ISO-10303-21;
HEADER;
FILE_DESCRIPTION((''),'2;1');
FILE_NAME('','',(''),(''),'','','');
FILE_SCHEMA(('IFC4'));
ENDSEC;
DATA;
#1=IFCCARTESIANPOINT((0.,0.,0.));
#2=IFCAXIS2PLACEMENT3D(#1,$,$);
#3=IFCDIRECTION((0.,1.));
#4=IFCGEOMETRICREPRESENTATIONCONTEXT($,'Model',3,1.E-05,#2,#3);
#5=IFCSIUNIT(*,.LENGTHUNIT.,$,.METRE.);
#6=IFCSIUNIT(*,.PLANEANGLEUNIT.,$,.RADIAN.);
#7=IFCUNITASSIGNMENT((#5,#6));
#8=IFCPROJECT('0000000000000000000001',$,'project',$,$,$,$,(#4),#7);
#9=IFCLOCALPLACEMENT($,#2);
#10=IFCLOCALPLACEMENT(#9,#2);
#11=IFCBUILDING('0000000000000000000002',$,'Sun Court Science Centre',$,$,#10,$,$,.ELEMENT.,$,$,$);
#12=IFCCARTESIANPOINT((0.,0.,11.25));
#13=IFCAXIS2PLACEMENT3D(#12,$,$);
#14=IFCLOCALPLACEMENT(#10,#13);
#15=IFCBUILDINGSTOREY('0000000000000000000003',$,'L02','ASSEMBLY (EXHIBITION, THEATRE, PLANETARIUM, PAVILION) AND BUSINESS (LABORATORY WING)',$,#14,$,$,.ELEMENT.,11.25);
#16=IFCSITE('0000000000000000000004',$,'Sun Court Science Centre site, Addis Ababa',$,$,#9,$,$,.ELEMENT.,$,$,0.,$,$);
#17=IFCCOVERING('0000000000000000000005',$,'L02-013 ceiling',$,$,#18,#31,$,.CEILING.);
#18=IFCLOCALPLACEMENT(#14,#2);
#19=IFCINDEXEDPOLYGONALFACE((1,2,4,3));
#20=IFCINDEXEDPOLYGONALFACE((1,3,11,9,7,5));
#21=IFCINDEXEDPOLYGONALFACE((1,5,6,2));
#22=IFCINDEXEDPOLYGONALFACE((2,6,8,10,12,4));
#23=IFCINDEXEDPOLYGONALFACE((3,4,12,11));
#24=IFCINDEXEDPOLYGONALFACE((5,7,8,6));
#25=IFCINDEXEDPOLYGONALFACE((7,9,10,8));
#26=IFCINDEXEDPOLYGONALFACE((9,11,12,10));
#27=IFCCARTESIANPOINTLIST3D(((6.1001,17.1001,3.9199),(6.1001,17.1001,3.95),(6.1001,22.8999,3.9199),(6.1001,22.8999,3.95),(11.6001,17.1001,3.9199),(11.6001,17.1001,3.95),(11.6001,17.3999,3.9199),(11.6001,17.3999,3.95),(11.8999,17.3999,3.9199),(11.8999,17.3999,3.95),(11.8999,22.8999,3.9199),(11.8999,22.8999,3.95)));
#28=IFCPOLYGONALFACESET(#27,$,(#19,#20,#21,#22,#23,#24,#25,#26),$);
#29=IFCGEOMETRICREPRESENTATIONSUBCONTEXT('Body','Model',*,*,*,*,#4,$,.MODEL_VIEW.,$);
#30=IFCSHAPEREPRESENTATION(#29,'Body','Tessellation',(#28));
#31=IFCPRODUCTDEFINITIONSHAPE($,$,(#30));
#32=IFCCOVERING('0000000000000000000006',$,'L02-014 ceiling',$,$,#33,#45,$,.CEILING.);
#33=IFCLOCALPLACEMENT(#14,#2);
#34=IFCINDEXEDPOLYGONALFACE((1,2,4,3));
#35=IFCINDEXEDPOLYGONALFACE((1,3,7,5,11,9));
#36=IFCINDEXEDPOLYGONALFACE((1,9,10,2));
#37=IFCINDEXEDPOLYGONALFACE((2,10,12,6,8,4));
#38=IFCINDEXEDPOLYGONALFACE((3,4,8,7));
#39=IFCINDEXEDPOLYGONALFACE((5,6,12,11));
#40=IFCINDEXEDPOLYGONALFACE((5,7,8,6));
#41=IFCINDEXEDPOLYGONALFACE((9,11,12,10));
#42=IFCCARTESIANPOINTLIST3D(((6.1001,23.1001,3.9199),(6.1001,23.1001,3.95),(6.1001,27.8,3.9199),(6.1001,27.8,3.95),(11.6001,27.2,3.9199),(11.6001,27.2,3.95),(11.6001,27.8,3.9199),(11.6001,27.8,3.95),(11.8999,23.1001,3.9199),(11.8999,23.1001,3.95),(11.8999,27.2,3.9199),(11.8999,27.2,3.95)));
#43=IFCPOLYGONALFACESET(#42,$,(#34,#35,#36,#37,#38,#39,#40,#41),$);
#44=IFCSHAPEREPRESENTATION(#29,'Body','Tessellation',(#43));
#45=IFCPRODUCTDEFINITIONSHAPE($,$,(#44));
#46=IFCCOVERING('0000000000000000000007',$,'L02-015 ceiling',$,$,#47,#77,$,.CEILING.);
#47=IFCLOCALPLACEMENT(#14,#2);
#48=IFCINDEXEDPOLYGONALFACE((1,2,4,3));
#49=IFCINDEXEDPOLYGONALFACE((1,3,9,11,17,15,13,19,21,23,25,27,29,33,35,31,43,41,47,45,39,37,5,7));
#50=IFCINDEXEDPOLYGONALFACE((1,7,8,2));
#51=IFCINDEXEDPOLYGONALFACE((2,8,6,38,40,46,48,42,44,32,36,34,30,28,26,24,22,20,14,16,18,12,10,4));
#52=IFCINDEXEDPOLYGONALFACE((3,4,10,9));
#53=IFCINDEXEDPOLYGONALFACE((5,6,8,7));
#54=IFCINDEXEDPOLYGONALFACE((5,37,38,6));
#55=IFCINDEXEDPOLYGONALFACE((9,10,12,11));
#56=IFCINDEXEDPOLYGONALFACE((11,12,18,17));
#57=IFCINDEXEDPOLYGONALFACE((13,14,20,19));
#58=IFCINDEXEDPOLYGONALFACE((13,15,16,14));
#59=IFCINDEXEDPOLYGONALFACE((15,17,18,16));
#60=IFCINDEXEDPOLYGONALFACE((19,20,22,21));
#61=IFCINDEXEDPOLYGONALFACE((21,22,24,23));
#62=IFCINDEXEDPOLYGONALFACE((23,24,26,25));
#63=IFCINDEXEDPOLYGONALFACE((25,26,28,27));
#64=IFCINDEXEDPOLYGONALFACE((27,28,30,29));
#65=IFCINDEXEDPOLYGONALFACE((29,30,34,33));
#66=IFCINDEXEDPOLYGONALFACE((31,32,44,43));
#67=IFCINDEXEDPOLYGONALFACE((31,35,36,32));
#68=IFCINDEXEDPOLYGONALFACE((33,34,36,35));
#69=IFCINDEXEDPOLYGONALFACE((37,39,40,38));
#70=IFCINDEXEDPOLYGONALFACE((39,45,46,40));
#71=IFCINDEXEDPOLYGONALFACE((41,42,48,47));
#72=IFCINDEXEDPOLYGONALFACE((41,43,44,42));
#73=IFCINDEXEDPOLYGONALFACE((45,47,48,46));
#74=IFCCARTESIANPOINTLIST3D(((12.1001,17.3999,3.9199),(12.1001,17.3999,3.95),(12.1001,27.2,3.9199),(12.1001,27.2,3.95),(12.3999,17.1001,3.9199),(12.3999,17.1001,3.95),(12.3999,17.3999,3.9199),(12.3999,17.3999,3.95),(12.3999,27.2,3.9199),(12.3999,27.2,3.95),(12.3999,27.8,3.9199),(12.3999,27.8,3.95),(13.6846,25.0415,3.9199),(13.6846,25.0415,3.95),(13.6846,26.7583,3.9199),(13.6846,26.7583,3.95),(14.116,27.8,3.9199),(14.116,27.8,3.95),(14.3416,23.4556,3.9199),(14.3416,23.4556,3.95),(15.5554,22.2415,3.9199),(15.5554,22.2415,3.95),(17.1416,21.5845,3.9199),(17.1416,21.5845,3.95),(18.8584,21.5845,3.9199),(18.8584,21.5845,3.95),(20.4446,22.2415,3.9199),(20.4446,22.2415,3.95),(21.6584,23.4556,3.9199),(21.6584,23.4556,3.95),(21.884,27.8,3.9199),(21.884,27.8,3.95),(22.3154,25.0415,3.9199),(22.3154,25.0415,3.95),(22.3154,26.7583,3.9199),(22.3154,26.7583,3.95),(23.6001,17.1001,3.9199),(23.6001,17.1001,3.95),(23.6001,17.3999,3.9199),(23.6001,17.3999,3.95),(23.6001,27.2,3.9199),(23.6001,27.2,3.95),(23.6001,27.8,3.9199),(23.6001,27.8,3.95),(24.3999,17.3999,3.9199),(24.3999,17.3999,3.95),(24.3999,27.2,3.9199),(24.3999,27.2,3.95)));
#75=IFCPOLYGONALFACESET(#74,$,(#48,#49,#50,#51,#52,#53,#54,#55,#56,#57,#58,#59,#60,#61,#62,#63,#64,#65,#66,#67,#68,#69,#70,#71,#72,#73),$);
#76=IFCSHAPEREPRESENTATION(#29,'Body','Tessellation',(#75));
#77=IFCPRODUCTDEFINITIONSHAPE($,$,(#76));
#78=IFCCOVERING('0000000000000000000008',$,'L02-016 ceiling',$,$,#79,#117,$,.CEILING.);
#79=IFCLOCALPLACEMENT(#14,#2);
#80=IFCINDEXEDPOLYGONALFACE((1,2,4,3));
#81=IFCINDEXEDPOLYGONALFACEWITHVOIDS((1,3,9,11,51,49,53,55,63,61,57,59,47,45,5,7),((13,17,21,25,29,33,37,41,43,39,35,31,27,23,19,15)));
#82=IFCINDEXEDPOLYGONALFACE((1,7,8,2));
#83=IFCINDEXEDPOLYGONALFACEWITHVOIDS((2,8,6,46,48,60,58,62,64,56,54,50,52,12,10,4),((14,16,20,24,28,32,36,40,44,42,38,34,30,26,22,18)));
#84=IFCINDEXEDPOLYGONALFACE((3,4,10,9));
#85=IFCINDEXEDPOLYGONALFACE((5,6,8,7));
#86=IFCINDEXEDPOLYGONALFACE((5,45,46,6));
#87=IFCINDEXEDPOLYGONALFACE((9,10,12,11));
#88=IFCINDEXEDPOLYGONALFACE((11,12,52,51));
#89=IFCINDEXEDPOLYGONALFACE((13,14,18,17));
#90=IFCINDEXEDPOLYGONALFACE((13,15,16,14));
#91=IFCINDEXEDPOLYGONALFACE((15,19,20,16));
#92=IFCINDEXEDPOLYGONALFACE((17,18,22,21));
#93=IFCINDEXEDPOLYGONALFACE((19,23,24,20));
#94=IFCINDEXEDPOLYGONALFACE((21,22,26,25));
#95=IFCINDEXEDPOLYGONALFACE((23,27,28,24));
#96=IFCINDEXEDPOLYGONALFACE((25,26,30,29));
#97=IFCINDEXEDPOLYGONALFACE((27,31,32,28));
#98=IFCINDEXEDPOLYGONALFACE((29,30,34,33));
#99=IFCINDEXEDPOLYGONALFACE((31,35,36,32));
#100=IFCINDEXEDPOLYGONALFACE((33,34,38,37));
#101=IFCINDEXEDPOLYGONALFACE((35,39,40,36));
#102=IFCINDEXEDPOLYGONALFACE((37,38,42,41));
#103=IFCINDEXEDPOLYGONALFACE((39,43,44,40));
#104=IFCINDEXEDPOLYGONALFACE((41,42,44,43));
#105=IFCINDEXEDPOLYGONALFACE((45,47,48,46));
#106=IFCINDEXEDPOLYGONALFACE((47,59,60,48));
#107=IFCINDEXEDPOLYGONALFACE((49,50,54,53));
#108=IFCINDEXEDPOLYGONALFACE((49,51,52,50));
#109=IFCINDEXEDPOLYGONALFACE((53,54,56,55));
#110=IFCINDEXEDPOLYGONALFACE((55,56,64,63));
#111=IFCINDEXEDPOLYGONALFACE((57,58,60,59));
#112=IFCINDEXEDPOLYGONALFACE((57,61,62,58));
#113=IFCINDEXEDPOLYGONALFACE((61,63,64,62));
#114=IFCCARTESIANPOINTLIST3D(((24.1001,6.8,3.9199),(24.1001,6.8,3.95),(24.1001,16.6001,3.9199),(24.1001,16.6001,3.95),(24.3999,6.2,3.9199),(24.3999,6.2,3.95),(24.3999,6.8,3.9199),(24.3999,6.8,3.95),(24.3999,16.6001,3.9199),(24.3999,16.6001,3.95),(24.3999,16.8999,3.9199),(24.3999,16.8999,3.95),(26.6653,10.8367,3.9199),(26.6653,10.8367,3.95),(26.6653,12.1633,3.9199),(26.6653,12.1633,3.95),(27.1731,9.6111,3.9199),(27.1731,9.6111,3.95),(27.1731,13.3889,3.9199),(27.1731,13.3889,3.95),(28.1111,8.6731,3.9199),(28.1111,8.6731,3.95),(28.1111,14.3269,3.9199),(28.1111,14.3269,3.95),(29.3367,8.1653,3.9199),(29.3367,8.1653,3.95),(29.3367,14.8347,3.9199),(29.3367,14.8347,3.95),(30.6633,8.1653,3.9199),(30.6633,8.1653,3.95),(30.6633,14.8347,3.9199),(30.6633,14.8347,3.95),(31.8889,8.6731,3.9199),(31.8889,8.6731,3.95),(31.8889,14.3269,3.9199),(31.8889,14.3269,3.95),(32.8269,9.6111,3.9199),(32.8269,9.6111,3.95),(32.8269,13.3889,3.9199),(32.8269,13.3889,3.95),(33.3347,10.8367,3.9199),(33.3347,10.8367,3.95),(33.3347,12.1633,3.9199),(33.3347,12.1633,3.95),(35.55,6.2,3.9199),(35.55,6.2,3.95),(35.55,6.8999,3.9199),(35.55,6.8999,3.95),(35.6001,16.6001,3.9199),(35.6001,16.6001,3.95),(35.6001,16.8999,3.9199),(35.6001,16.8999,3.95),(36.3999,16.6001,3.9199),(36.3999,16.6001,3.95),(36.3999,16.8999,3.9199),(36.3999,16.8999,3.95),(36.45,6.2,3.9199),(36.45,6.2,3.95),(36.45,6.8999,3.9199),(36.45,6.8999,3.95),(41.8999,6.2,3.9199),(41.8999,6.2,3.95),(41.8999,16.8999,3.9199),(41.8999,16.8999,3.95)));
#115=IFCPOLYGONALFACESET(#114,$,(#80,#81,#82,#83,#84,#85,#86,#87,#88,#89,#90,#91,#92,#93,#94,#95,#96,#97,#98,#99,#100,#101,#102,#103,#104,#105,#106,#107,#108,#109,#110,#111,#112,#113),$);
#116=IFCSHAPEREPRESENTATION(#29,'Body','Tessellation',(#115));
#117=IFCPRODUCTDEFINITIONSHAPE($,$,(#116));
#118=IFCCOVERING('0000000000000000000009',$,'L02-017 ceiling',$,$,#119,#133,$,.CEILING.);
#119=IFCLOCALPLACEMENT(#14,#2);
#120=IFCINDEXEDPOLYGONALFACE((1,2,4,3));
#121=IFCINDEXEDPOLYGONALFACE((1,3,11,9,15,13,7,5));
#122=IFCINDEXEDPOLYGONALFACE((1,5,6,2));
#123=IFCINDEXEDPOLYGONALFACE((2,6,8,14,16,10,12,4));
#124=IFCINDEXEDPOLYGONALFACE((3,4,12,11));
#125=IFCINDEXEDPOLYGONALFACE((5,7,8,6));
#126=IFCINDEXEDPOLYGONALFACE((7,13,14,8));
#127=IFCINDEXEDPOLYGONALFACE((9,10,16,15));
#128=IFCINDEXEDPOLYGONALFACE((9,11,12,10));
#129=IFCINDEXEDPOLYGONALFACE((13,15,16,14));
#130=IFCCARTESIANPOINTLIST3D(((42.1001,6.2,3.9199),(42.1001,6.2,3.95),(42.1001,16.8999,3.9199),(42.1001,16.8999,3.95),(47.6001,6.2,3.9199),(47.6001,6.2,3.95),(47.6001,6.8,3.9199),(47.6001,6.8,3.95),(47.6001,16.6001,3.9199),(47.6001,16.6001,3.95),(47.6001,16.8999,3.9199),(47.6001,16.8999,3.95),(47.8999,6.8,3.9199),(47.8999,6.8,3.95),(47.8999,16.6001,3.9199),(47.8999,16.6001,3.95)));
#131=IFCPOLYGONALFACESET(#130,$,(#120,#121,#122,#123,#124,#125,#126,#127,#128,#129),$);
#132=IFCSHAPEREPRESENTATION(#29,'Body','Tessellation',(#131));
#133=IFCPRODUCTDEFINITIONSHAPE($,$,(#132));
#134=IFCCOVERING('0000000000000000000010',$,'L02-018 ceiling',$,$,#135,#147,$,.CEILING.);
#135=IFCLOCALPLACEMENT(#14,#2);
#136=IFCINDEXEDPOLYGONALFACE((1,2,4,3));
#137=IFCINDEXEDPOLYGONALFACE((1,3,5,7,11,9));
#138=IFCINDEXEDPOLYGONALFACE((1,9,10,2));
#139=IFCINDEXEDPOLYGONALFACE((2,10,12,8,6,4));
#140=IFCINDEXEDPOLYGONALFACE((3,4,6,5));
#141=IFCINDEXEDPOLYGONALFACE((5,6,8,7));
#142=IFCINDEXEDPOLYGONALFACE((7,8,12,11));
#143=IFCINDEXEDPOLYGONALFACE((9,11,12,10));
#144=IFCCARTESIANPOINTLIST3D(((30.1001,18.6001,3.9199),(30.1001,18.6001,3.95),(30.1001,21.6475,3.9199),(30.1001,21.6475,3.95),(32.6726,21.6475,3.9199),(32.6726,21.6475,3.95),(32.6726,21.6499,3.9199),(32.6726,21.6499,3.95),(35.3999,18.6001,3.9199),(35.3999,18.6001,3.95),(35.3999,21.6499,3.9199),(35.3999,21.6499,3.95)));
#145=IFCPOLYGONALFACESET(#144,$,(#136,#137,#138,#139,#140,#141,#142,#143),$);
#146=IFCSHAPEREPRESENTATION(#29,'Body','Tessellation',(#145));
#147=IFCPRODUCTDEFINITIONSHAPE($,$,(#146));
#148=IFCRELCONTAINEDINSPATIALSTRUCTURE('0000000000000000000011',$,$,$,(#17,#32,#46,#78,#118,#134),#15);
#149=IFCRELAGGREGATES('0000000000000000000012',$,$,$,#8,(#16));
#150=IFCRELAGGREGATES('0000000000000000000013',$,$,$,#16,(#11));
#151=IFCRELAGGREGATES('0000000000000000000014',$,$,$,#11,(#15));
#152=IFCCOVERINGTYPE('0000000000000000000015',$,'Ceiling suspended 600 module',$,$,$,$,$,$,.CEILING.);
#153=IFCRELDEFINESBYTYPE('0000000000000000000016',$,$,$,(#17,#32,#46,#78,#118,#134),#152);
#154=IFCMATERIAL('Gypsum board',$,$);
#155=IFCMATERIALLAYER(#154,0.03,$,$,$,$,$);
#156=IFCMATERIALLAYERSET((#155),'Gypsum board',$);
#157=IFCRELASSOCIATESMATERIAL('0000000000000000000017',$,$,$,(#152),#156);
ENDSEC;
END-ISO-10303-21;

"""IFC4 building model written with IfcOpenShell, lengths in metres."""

from ifc_helpers import new_model, si_unit, direction, frame, origin, place, context, subcontext, project, spatial, polyline, outline, extrude, material, layer, layer_set, type_object, element, save


model = new_model("IFC4")

# Units and contexts
model_context = context("Model", 3, precision=1e-05, world=origin(), true_north=direction((0.0, 1.0)))
body_context = subcontext(model_context, "Body", "Model", "MODEL_VIEW")
ifc_project = project(units=[si_unit("LENGTHUNIT", "METRE"), si_unit("PLANEANGLEUNIT", "RADIAN")], contexts=[model_context])

# Site, building, storey
site_placement = place(None, origin())
site = spatial("IfcSite", under=ifc_project, at=site_placement, Name="Sun Court Science Centre site, Addis Ababa", CompositionType="ELEMENT", RefElevation=0.0)
building_placement = place(site_placement, origin())
building = spatial("IfcBuilding", under=site, at=building_placement, Name="Sun Court Science Centre", CompositionType="ELEMENT")
storey_placement = place(building_placement, frame((0.0, 0.0, 11.25)))
storey = spatial("IfcBuildingStorey", under=building, at=storey_placement, Name="L02", Description="ASSEMBLY (EXHIBITION, THEATRE, PLANETARIUM, PAVILION) AND BUSINESS (LABORATORY WING)", CompositionType="ELEMENT", Elevation=11.25)

# Coverings
ifc_material = material(Name="Gypsum board")
ifc_layer = layer(ifc_material, 0.03)
ifc_layer_set = layer_set([ifc_layer], Name="Gypsum board")
covering_type = type_object("IfcCoveringType", Name="Ceiling suspended 600 module", PredefinedType="CEILING", material=ifc_layer_set)
covering_1_placement = place(storey_placement, frame((0.0, 0.0, 3.9199)))
element("IfcCovering", 1, at=covering_1_placement, inside=storey, type_object=covering_type, Name="L02-013 ceiling", PredefinedType="CEILING", context=body_context, shape_type="SweptSolid", body=[
    extrude(outline(polyline([(6.1001, 17.1001), (6.1001, 22.8999), (11.8999, 22.8999), (11.8999, 17.3999), (11.6001, 17.3999), (11.6001, 17.1001), (6.1001, 17.1001)])), origin(), (0.0, 0.0, 1.0), 0.03),
])
covering_2_placement = place(storey_placement, frame((0.0, 0.0, 3.9199)))
element("IfcCovering", 2, at=covering_2_placement, inside=storey, type_object=covering_type, Name="L02-014 ceiling", PredefinedType="CEILING", context=body_context, shape_type="SweptSolid", body=[
    extrude(outline(polyline([(11.8999, 27.2), (11.8999, 23.1001), (6.1001, 23.1001), (6.1001, 27.8), (11.6001, 27.8), (11.6001, 27.2), (11.8999, 27.2)])), origin(), (0.0, 0.0, 1.0), 0.03),
])
covering_3_placement = place(storey_placement, frame((0.0, 0.0, 3.9199)))
element("IfcCovering", 3, at=covering_3_placement, inside=storey, type_object=covering_type, Name="L02-015 ceiling", PredefinedType="CEILING", context=body_context, shape_type="SweptSolid", body=[
    extrude(outline(polyline([(14.116, 27.8), (13.6846, 26.7583), (13.6846, 25.0415), (14.3416, 23.4556), (15.5554, 22.2415), (17.1416, 21.5845), (18.8584, 21.5845), (20.4446, 22.2415), (21.6584, 23.4556), (22.3154, 25.0415), (22.3154, 26.7583), (21.884, 27.8), (23.6001, 27.8), (23.6001, 27.2), (24.3999, 27.2), (24.3999, 17.3999), (23.6001, 17.3999), (23.6001, 17.1001), (12.3999, 17.1001), (12.3999, 17.3999), (12.1001, 17.3999), (12.1001, 27.2), (12.3999, 27.2), (12.3999, 27.8), (14.116, 27.8)])), origin(), (0.0, 0.0, 1.0), 0.03),
])
covering_4_placement = place(storey_placement, frame((0.0, 0.0, 3.9199)))
element("IfcCovering", 4, at=covering_4_placement, inside=storey, type_object=covering_type, Name="L02-016 ceiling", PredefinedType="CEILING", context=body_context, shape_type="SweptSolid", body=[
    extrude(outline(polyline([(24.1001, 16.6001), (24.3999, 16.6001), (24.3999, 16.8999), (35.6001, 16.8999), (35.6001, 16.6001), (36.3999, 16.6001), (36.3999, 16.8999), (41.8999, 16.8999), (41.8999, 6.2), (36.45, 6.2), (36.45, 6.8999), (35.55, 6.8999), (35.55, 6.2), (24.3999, 6.2), (24.3999, 6.8), (24.1001, 6.8), (24.1001, 16.6001)]), holes=[polyline([(31.8889, 14.3269), (30.6633, 14.8347), (29.3367, 14.8347), (28.1111, 14.3269), (27.1731, 13.3889), (26.6653, 12.1633), (26.6653, 10.8367), (27.1731, 9.6111), (28.1111, 8.6731), (29.3367, 8.1653), (30.6633, 8.1653), (31.8889, 8.6731), (32.8269, 9.6111), (33.3347, 10.8367), (33.3347, 12.1633), (32.8269, 13.3889), (31.8889, 14.3269)])]), origin(), (0.0, 0.0, 1.0), 0.03),
])
covering_5_placement = place(storey_placement, frame((0.0, 0.0, 3.9199)))
element("IfcCovering", 5, at=covering_5_placement, inside=storey, type_object=covering_type, Name="L02-017 ceiling", PredefinedType="CEILING", context=body_context, shape_type="SweptSolid", body=[
    extrude(outline(polyline([(42.1001, 6.2), (42.1001, 16.8999), (47.6001, 16.8999), (47.6001, 16.6001), (47.8999, 16.6001), (47.8999, 6.8), (47.6001, 6.8), (47.6001, 6.2), (42.1001, 6.2)])), origin(), (0.0, 0.0, 1.0), 0.03),
])
covering_6_placement = place(storey_placement, frame((0.0, 0.0, 3.9199)))
element("IfcCovering", 6, at=covering_6_placement, inside=storey, type_object=covering_type, Name="L02-018 ceiling", PredefinedType="CEILING", context=body_context, shape_type="SweptSolid", body=[
    extrude(outline(polyline([(30.1001, 18.6001), (30.1001, 21.6475), (32.6726, 21.6475), (32.6726, 21.6499), (35.3999, 21.6499), (35.3999, 18.6001), (30.1001, 18.6001)])), origin(), (0.0, 0.0, 1.0), 0.03),
])

save(model, "model.ifc")
